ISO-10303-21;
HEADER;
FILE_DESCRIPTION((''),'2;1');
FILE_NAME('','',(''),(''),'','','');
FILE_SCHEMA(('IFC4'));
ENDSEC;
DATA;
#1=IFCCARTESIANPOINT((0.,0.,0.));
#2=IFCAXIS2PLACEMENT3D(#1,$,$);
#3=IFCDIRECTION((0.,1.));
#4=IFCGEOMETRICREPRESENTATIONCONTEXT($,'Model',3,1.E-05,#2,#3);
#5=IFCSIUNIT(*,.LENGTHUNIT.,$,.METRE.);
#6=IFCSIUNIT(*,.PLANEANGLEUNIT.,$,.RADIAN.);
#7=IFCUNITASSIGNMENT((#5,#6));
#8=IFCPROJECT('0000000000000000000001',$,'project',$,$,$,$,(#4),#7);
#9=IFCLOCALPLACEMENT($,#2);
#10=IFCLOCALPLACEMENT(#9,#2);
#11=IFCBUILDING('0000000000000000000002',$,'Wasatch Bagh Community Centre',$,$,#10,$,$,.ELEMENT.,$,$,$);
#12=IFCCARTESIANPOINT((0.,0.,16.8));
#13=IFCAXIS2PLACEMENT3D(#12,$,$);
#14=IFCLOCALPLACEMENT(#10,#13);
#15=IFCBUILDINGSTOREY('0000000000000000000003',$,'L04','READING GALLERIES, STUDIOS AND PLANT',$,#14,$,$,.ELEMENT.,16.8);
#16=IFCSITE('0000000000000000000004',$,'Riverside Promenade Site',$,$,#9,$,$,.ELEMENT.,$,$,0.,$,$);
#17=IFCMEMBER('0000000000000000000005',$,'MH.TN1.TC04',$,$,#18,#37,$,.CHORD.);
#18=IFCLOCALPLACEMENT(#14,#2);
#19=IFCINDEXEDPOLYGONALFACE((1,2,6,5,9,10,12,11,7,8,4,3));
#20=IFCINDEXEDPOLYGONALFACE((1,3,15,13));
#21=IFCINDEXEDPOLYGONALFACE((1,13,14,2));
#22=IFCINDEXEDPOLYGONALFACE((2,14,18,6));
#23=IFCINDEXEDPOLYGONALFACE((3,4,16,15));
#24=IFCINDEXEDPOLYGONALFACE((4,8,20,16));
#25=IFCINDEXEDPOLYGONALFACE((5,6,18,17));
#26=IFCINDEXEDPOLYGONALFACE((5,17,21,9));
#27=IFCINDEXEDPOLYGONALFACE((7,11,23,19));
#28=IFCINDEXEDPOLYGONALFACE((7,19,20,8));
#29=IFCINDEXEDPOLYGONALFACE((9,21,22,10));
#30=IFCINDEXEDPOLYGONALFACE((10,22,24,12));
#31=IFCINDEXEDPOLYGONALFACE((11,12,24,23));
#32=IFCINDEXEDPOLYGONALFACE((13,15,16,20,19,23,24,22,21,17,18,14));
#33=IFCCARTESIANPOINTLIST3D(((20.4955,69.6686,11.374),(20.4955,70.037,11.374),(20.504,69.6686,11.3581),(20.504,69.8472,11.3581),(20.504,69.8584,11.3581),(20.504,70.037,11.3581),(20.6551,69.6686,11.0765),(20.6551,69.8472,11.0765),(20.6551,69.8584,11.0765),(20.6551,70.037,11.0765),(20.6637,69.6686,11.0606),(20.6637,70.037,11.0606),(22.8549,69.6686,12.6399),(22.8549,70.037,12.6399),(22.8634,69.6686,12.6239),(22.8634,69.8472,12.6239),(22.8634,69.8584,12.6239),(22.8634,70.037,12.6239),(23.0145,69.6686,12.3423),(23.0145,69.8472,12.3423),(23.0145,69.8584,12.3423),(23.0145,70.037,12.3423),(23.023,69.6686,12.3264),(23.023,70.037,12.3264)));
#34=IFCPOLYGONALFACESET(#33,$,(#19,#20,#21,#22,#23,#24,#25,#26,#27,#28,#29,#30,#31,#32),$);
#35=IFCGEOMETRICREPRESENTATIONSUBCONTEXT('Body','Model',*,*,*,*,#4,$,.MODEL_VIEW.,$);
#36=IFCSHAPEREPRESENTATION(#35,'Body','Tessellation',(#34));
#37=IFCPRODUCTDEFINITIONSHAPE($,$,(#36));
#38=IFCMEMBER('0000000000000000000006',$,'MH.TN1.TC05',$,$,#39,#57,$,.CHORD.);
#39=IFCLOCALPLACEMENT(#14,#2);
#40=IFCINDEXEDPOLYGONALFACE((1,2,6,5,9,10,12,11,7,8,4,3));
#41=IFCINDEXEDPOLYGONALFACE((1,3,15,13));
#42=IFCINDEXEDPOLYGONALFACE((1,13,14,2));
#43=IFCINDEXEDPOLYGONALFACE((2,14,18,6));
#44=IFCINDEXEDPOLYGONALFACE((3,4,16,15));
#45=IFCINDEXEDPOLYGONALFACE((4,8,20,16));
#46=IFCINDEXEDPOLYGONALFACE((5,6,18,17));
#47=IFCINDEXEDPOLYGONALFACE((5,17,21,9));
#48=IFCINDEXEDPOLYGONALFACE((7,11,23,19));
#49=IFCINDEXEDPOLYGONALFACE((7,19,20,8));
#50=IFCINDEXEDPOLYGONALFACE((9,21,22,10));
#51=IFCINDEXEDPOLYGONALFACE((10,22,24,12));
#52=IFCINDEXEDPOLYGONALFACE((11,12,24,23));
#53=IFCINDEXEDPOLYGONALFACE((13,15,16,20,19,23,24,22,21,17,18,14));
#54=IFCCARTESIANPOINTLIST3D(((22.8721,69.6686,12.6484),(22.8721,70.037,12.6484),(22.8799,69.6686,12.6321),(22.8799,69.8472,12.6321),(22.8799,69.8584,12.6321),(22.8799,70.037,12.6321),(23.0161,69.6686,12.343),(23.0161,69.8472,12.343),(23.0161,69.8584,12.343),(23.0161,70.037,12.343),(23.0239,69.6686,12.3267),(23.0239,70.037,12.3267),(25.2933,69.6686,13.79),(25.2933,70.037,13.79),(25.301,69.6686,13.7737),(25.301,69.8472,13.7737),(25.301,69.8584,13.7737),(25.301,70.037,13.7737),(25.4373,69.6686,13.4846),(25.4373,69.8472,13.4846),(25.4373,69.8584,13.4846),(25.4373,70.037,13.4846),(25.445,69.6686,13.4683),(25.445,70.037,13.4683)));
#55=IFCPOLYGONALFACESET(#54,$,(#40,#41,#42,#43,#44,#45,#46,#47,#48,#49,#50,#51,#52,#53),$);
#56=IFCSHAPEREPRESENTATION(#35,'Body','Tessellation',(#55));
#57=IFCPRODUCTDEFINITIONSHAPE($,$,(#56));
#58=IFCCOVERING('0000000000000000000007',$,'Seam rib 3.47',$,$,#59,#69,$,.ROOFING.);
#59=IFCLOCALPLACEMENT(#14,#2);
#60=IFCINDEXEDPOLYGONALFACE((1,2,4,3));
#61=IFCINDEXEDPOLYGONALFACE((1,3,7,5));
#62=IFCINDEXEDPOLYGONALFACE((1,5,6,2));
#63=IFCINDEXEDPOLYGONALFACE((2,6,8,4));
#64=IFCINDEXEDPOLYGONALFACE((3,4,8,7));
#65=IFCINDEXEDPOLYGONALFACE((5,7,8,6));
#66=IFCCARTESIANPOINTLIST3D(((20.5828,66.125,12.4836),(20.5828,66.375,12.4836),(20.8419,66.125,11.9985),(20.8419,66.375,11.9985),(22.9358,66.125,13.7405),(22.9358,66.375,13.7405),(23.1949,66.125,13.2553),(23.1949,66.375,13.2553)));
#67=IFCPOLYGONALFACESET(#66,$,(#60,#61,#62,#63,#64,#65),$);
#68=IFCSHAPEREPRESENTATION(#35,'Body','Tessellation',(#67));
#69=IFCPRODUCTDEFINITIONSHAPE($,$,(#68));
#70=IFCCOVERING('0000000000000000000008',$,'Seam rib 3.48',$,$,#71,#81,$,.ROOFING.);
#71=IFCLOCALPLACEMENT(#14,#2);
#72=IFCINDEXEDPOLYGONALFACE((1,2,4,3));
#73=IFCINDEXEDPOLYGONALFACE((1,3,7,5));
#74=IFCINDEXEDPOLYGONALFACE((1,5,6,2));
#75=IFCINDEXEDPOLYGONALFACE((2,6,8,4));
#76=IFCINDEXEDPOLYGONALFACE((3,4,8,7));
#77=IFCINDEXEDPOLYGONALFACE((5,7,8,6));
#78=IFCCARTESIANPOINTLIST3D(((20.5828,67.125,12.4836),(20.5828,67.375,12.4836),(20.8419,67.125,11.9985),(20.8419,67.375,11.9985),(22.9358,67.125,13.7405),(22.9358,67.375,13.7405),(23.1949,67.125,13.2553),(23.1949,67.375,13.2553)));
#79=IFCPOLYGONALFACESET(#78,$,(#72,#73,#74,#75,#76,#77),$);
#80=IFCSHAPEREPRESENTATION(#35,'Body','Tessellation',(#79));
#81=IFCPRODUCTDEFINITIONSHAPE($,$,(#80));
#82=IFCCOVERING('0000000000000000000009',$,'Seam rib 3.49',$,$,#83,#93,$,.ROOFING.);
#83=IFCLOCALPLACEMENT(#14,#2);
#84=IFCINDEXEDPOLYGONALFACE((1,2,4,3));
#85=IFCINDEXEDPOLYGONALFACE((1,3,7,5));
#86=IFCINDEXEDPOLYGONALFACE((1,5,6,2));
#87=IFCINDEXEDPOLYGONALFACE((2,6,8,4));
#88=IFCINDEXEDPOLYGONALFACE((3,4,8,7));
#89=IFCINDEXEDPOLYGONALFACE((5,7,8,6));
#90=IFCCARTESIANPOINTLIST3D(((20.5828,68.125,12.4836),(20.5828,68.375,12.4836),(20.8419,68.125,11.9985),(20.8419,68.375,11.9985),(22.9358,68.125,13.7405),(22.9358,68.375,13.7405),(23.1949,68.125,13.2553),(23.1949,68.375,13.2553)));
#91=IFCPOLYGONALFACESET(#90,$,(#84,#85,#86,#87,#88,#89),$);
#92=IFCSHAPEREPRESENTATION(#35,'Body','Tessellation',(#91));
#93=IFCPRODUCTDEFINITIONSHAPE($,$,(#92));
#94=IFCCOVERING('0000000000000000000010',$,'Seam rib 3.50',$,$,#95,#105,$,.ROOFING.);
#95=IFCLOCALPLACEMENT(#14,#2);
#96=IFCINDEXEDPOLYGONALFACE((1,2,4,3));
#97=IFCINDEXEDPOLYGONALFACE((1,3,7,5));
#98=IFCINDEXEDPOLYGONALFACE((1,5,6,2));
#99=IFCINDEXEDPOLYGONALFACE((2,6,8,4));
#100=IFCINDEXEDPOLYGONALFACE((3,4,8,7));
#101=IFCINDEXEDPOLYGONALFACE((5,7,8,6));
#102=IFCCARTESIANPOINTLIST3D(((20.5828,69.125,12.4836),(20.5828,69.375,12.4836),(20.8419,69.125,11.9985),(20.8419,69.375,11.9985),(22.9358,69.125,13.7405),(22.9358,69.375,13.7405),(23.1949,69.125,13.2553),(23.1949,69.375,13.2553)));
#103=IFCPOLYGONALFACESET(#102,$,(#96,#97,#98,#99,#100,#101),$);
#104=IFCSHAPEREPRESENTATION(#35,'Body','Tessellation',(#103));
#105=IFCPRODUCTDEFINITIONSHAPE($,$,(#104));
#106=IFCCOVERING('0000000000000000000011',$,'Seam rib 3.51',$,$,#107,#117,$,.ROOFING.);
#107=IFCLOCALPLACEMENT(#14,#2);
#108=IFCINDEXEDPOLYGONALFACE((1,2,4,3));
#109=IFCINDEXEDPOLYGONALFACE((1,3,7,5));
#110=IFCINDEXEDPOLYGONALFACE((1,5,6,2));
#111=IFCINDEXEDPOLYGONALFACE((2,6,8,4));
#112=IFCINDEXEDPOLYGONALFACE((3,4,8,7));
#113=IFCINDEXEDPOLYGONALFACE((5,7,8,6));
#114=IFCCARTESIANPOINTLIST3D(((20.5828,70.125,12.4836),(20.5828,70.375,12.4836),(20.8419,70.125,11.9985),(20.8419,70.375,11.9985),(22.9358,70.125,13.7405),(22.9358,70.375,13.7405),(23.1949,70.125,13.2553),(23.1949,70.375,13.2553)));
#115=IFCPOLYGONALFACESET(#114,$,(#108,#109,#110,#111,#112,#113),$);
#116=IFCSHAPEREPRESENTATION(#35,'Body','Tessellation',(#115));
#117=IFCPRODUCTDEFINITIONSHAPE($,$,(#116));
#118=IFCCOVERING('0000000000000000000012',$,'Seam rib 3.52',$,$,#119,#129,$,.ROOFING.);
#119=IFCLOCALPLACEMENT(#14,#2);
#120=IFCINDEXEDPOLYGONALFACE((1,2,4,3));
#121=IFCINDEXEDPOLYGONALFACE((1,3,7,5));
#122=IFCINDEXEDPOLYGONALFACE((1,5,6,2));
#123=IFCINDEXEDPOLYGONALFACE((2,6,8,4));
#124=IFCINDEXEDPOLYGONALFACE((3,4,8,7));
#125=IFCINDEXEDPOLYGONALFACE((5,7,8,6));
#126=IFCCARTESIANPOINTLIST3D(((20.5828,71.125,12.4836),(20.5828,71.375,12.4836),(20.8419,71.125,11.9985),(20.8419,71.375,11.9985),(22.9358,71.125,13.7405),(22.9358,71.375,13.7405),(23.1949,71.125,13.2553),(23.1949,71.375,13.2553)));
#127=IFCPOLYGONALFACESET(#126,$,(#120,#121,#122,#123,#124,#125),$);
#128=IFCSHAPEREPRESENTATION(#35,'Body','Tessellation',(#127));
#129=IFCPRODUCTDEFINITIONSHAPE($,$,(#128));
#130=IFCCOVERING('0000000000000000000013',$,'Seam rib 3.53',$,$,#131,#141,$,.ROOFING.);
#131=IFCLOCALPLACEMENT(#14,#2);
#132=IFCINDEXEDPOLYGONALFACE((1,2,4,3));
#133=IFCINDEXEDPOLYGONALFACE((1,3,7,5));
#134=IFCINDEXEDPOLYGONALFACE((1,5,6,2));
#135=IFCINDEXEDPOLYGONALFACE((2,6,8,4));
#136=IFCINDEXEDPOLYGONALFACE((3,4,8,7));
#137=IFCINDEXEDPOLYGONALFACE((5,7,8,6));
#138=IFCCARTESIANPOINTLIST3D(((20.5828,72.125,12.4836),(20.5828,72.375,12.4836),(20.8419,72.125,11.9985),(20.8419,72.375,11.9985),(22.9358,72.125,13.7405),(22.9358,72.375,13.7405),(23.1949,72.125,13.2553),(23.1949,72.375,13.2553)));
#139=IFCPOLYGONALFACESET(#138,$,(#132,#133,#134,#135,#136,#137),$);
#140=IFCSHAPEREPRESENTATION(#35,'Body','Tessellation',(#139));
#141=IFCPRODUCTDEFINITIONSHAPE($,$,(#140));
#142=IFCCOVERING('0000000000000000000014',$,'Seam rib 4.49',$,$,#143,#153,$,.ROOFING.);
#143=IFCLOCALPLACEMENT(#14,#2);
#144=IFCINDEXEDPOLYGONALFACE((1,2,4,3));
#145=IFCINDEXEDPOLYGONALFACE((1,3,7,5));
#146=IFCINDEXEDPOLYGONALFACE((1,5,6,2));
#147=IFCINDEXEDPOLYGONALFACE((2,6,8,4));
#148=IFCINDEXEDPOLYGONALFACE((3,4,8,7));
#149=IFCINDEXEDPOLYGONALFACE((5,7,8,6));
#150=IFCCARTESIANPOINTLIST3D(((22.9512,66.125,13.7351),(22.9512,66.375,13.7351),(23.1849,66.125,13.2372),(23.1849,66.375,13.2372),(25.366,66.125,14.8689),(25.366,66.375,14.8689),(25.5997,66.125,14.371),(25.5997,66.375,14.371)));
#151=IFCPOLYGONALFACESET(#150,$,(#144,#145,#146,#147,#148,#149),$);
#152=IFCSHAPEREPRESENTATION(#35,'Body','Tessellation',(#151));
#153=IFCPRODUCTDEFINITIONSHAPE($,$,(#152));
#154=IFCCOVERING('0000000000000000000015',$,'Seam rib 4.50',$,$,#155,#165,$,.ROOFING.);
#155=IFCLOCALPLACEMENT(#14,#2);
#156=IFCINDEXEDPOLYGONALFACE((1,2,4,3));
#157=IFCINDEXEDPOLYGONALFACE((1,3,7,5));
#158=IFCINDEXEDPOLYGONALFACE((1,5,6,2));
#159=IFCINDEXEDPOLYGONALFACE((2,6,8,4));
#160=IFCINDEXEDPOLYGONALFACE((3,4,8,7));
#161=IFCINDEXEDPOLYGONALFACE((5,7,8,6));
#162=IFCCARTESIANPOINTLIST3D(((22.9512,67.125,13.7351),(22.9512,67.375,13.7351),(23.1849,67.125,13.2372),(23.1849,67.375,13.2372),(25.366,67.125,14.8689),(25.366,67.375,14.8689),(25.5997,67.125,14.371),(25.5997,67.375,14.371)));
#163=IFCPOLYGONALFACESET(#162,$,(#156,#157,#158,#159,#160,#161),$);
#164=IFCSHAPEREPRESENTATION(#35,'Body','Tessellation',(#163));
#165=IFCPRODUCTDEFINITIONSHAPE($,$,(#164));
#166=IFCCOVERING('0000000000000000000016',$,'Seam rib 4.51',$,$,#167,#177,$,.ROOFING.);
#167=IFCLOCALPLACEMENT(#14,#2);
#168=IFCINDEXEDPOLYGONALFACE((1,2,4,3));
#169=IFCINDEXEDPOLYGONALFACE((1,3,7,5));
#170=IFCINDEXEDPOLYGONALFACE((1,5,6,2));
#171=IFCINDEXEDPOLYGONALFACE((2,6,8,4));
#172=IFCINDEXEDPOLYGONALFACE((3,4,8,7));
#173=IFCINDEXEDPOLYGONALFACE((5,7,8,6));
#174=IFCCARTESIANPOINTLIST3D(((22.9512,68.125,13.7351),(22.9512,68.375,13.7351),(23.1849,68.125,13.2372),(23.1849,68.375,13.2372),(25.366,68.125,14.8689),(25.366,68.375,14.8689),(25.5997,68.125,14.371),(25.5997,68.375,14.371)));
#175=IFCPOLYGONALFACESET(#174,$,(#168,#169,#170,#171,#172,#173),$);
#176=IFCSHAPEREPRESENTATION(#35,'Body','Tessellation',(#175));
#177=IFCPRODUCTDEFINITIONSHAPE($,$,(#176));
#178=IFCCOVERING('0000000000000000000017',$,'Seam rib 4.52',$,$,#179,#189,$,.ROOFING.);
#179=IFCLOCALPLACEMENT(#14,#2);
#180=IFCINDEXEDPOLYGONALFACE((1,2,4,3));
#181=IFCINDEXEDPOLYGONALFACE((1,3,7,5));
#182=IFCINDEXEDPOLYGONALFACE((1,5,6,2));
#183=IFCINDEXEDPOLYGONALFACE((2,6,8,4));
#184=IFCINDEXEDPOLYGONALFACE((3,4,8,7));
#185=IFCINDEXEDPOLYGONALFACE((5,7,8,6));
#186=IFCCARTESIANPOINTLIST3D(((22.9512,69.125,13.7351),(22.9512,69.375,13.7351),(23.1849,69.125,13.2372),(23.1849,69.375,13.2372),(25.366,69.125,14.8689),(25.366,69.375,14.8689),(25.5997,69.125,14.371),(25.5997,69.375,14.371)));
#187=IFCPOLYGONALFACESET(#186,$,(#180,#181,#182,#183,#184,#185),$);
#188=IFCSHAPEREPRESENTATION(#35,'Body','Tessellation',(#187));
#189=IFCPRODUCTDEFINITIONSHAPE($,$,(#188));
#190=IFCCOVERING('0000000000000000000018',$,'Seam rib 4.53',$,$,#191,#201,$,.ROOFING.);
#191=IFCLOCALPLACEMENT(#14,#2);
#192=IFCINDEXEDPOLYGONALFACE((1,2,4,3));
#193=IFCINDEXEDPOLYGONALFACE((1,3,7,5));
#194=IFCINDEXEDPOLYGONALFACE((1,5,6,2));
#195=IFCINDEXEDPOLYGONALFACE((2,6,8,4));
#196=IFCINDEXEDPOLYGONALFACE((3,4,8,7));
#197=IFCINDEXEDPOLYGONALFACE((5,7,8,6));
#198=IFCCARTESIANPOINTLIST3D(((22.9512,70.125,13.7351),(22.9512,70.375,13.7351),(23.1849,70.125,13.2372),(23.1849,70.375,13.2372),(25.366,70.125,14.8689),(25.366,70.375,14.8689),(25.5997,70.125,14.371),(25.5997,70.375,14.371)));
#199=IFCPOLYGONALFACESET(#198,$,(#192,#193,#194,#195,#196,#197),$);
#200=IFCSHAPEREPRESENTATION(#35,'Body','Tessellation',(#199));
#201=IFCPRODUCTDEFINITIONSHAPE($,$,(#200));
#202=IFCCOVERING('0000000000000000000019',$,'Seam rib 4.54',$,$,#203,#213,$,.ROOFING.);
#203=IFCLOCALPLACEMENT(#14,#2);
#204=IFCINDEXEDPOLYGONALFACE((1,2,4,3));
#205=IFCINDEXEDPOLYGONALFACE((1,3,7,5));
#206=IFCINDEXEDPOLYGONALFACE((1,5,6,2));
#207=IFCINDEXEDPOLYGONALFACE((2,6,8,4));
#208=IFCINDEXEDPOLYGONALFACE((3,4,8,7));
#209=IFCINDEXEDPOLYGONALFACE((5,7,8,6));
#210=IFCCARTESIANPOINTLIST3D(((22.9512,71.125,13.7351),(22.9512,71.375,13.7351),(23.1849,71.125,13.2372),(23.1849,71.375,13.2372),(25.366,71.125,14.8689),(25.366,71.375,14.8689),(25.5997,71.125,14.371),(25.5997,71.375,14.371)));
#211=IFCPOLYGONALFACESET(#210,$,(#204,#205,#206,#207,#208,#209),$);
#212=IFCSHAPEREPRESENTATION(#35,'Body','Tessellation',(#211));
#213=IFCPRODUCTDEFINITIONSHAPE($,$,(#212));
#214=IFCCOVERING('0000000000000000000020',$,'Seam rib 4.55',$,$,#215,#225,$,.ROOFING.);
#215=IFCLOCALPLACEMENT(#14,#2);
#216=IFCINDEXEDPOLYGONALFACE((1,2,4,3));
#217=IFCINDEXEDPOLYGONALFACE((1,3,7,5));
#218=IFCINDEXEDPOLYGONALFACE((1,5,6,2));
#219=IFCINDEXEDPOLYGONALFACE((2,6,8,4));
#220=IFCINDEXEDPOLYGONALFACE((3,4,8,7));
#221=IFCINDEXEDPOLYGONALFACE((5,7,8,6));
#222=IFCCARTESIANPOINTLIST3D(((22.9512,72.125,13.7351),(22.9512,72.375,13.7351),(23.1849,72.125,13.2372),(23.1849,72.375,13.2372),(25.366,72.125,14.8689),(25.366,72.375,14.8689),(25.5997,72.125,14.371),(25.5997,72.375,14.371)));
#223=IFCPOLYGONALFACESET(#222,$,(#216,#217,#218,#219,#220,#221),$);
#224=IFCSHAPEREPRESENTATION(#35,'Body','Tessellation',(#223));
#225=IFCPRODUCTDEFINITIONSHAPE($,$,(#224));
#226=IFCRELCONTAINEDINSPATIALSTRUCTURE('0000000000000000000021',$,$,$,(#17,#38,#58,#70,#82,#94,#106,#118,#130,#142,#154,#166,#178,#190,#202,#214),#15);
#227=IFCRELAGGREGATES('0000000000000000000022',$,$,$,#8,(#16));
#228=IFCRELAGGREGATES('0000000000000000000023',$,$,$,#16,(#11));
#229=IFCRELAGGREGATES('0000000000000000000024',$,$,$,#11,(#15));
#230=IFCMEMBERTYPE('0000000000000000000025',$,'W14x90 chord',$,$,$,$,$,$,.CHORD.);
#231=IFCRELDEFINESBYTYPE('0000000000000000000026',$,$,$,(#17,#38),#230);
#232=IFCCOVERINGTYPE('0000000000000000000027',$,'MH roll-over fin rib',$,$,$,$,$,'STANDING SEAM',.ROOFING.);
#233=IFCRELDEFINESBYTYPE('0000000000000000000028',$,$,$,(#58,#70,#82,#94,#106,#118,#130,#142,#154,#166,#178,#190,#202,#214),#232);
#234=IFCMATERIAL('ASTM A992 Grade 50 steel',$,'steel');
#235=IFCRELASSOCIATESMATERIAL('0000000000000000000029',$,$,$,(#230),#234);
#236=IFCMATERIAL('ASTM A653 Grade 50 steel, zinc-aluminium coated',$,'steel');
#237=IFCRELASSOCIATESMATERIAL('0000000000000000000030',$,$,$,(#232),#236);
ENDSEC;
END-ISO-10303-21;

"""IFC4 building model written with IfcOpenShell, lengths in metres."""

from ifc_helpers import new_model, si_unit, direction, frame, origin, origin_2d, place, context, subcontext, project, spatial, polyline, i_section, outline, extrude, material, material_profile, profile_set, type_object, element, save


model = new_model("IFC4")

# Units and contexts
model_context = context("Model", 3, precision=1e-05, world=origin(), true_north=direction((0.0, 1.0)))
body_context = subcontext(model_context, "Body", "Model", "MODEL_VIEW")
ifc_project = project(units=[si_unit("LENGTHUNIT", "METRE"), si_unit("PLANEANGLEUNIT", "RADIAN")], contexts=[model_context])

# Site, building, storey
site_placement = place(None, origin())
site = spatial("IfcSite", under=ifc_project, at=site_placement, Name="Riverside Promenade Site", CompositionType="ELEMENT", RefElevation=0.0)
building_placement = place(site_placement, origin())
building = spatial("IfcBuilding", under=site, at=building_placement, Name="Wasatch Bagh Community Centre", CompositionType="ELEMENT")
storey_placement = place(building_placement, frame((0.0, 0.0, 16.8)))
storey = spatial("IfcBuildingStorey", under=building, at=storey_placement, Name="L04", Description="READING GALLERIES, STUDIOS AND PLANT", CompositionType="ELEMENT", Elevation=16.8)

# Members
ifc_material_1 = material(Name="ASTM A992 Grade 50 steel", Category="steel")
ifc_material_profile_1 = material_profile(ifc_material_1, i_section(OverallWidth=0.3684, OverallDepth=0.3557, WebThickness=0.0112, FlangeThickness=0.0181, at=origin_2d()), Name="W14x90")
ifc_profile_set_1 = profile_set([ifc_material_profile_1], Name="ASTM A992 Grade 50 steel")
member_type_1 = type_object("IfcMemberType", Name="W14x90 chord", PredefinedType="CHORD", material=ifc_profile_set_1)
member_1_placement = place(storey_placement, frame((20.5796, 69.8528, 11.2173), z_axis=(0.881182, 0.0, 0.472778), x_axis=(0.0, 1.0, 0.0)))
element("IfcMember", 1, at=member_1_placement, inside=storey, type_object=member_type_1, Name="MH.TN1.TC04", PredefinedType="CHORD", context=body_context, shape_type="SweptSolid", body=[
    extrude(i_section(OverallWidth=0.3684, OverallDepth=0.3557, WebThickness=0.0112, FlangeThickness=0.0181, at=origin_2d()), origin(), (0.0, 0.0, 1.0), 2.6775),
])
member_2_placement = place(storey_placement, frame((22.948, 69.8528, 12.4875), z_axis=(0.904496, 0.0, 0.426482), x_axis=(0.0, 1.0, 0.0)))
element("IfcMember", 2, at=member_2_placement, inside=storey, type_object=member_type_1, Name="MH.TN1.TC05", PredefinedType="CHORD", context=body_context, shape_type="SweptSolid", body=[
    extrude(i_section(OverallWidth=0.3684, OverallDepth=0.3557, WebThickness=0.0112, FlangeThickness=0.0181, at=origin_2d()), origin(), (0.0, 0.0, 1.0), 2.6768),
])

# Coverings
ifc_material_2 = material(Name="ASTM A653 Grade 50 steel, zinc-aluminium coated", Category="steel")
covering_type = type_object("IfcCoveringType", Name="MH roll-over fin rib", ElementType="STANDING SEAM", PredefinedType="ROOFING", material=ifc_material_2)
for number, where, z_axis, x_axis, name in (
    (3, (20.5828, 66.125, 12.4836), (-0.471139, 0.0, 0.882059), (0.882059, 0.0, 0.471139), "Seam rib 3.47"),
    (4, (20.5828, 67.125, 12.4836), (-0.471139, 0.0, 0.882059), (0.882059, 0.0, 0.471139), "Seam rib 3.48"),
    (5, (20.5828, 68.125, 12.4836), (-0.471139, 0.0, 0.882059), (0.882059, 0.0, 0.471139), "Seam rib 3.49"),
    (6, (20.5828, 69.125, 12.4836), (-0.471139, 0.0, 0.882059), (0.882059, 0.0, 0.471139), "Seam rib 3.50"),
    (7, (20.5828, 70.125, 12.4836), (-0.471139, 0.0, 0.882059), (0.882059, 0.0, 0.471139), "Seam rib 3.51"),
    (8, (20.5828, 71.125, 12.4836), (-0.471139, 0.0, 0.882059), (0.882059, 0.0, 0.471139), "Seam rib 3.52"),
    (9, (20.5828, 72.125, 12.4836), (-0.471139, 0.0, 0.882059), (0.882059, 0.0, 0.471139), "Seam rib 3.53"),
):
    element("IfcCovering", number, at=place(storey_placement, frame(where, z_axis=z_axis, x_axis=x_axis)), inside=storey, type_object=covering_type, Name=name, PredefinedType="ROOFING", context=body_context, shape_type="SweptSolid", body=[
        extrude(outline(polyline([(0.0, 0.0), (2.6677, 0.0), (2.6677, 0.25), (0.0, 0.25), (0.0, 0.0)])), origin(), (0.0, 0.0, -1.0), 0.55),
    ])
for number, where, z_axis, x_axis, name in (
    (10, (22.9512, 66.125, 13.7351), (-0.425004, 0.0, 0.905192), (0.905192, 0.0, 0.425004), "Seam rib 4.49"),
    (11, (22.9512, 67.125, 13.7351), (-0.425004, 0.0, 0.905192), (0.905192, 0.0, 0.425004), "Seam rib 4.50"),
    (12, (22.9512, 68.125, 13.7351), (-0.425004, 0.0, 0.905192), (0.905192, 0.0, 0.425004), "Seam rib 4.51"),
    (13, (22.9512, 69.125, 13.7351), (-0.425004, 0.0, 0.905192), (0.905192, 0.0, 0.425004), "Seam rib 4.52"),
    (14, (22.9512, 70.125, 13.7351), (-0.425004, 0.0, 0.905192), (0.905192, 0.0, 0.425004), "Seam rib 4.53"),
    (15, (22.9512, 71.125, 13.7351), (-0.425004, 0.0, 0.905192), (0.905192, 0.0, 0.425004), "Seam rib 4.54"),
    (16, (22.9512, 72.125, 13.7351), (-0.425004, 0.0, 0.905192), (0.905192, 0.0, 0.425004), "Seam rib 4.55"),
):
    element("IfcCovering", number, at=place(storey_placement, frame(where, z_axis=z_axis, x_axis=x_axis)), inside=storey, type_object=covering_type, Name=name, PredefinedType="ROOFING", context=body_context, shape_type="SweptSolid", body=[
        extrude(outline(polyline([(0.0, 0.0), (2.6677, 0.0), (2.6677, 0.25), (0.0, 0.25), (0.0, 0.0)])), origin(), (0.0, 0.0, -1.0), 0.55),
    ])

save(model, "model.ifc")
